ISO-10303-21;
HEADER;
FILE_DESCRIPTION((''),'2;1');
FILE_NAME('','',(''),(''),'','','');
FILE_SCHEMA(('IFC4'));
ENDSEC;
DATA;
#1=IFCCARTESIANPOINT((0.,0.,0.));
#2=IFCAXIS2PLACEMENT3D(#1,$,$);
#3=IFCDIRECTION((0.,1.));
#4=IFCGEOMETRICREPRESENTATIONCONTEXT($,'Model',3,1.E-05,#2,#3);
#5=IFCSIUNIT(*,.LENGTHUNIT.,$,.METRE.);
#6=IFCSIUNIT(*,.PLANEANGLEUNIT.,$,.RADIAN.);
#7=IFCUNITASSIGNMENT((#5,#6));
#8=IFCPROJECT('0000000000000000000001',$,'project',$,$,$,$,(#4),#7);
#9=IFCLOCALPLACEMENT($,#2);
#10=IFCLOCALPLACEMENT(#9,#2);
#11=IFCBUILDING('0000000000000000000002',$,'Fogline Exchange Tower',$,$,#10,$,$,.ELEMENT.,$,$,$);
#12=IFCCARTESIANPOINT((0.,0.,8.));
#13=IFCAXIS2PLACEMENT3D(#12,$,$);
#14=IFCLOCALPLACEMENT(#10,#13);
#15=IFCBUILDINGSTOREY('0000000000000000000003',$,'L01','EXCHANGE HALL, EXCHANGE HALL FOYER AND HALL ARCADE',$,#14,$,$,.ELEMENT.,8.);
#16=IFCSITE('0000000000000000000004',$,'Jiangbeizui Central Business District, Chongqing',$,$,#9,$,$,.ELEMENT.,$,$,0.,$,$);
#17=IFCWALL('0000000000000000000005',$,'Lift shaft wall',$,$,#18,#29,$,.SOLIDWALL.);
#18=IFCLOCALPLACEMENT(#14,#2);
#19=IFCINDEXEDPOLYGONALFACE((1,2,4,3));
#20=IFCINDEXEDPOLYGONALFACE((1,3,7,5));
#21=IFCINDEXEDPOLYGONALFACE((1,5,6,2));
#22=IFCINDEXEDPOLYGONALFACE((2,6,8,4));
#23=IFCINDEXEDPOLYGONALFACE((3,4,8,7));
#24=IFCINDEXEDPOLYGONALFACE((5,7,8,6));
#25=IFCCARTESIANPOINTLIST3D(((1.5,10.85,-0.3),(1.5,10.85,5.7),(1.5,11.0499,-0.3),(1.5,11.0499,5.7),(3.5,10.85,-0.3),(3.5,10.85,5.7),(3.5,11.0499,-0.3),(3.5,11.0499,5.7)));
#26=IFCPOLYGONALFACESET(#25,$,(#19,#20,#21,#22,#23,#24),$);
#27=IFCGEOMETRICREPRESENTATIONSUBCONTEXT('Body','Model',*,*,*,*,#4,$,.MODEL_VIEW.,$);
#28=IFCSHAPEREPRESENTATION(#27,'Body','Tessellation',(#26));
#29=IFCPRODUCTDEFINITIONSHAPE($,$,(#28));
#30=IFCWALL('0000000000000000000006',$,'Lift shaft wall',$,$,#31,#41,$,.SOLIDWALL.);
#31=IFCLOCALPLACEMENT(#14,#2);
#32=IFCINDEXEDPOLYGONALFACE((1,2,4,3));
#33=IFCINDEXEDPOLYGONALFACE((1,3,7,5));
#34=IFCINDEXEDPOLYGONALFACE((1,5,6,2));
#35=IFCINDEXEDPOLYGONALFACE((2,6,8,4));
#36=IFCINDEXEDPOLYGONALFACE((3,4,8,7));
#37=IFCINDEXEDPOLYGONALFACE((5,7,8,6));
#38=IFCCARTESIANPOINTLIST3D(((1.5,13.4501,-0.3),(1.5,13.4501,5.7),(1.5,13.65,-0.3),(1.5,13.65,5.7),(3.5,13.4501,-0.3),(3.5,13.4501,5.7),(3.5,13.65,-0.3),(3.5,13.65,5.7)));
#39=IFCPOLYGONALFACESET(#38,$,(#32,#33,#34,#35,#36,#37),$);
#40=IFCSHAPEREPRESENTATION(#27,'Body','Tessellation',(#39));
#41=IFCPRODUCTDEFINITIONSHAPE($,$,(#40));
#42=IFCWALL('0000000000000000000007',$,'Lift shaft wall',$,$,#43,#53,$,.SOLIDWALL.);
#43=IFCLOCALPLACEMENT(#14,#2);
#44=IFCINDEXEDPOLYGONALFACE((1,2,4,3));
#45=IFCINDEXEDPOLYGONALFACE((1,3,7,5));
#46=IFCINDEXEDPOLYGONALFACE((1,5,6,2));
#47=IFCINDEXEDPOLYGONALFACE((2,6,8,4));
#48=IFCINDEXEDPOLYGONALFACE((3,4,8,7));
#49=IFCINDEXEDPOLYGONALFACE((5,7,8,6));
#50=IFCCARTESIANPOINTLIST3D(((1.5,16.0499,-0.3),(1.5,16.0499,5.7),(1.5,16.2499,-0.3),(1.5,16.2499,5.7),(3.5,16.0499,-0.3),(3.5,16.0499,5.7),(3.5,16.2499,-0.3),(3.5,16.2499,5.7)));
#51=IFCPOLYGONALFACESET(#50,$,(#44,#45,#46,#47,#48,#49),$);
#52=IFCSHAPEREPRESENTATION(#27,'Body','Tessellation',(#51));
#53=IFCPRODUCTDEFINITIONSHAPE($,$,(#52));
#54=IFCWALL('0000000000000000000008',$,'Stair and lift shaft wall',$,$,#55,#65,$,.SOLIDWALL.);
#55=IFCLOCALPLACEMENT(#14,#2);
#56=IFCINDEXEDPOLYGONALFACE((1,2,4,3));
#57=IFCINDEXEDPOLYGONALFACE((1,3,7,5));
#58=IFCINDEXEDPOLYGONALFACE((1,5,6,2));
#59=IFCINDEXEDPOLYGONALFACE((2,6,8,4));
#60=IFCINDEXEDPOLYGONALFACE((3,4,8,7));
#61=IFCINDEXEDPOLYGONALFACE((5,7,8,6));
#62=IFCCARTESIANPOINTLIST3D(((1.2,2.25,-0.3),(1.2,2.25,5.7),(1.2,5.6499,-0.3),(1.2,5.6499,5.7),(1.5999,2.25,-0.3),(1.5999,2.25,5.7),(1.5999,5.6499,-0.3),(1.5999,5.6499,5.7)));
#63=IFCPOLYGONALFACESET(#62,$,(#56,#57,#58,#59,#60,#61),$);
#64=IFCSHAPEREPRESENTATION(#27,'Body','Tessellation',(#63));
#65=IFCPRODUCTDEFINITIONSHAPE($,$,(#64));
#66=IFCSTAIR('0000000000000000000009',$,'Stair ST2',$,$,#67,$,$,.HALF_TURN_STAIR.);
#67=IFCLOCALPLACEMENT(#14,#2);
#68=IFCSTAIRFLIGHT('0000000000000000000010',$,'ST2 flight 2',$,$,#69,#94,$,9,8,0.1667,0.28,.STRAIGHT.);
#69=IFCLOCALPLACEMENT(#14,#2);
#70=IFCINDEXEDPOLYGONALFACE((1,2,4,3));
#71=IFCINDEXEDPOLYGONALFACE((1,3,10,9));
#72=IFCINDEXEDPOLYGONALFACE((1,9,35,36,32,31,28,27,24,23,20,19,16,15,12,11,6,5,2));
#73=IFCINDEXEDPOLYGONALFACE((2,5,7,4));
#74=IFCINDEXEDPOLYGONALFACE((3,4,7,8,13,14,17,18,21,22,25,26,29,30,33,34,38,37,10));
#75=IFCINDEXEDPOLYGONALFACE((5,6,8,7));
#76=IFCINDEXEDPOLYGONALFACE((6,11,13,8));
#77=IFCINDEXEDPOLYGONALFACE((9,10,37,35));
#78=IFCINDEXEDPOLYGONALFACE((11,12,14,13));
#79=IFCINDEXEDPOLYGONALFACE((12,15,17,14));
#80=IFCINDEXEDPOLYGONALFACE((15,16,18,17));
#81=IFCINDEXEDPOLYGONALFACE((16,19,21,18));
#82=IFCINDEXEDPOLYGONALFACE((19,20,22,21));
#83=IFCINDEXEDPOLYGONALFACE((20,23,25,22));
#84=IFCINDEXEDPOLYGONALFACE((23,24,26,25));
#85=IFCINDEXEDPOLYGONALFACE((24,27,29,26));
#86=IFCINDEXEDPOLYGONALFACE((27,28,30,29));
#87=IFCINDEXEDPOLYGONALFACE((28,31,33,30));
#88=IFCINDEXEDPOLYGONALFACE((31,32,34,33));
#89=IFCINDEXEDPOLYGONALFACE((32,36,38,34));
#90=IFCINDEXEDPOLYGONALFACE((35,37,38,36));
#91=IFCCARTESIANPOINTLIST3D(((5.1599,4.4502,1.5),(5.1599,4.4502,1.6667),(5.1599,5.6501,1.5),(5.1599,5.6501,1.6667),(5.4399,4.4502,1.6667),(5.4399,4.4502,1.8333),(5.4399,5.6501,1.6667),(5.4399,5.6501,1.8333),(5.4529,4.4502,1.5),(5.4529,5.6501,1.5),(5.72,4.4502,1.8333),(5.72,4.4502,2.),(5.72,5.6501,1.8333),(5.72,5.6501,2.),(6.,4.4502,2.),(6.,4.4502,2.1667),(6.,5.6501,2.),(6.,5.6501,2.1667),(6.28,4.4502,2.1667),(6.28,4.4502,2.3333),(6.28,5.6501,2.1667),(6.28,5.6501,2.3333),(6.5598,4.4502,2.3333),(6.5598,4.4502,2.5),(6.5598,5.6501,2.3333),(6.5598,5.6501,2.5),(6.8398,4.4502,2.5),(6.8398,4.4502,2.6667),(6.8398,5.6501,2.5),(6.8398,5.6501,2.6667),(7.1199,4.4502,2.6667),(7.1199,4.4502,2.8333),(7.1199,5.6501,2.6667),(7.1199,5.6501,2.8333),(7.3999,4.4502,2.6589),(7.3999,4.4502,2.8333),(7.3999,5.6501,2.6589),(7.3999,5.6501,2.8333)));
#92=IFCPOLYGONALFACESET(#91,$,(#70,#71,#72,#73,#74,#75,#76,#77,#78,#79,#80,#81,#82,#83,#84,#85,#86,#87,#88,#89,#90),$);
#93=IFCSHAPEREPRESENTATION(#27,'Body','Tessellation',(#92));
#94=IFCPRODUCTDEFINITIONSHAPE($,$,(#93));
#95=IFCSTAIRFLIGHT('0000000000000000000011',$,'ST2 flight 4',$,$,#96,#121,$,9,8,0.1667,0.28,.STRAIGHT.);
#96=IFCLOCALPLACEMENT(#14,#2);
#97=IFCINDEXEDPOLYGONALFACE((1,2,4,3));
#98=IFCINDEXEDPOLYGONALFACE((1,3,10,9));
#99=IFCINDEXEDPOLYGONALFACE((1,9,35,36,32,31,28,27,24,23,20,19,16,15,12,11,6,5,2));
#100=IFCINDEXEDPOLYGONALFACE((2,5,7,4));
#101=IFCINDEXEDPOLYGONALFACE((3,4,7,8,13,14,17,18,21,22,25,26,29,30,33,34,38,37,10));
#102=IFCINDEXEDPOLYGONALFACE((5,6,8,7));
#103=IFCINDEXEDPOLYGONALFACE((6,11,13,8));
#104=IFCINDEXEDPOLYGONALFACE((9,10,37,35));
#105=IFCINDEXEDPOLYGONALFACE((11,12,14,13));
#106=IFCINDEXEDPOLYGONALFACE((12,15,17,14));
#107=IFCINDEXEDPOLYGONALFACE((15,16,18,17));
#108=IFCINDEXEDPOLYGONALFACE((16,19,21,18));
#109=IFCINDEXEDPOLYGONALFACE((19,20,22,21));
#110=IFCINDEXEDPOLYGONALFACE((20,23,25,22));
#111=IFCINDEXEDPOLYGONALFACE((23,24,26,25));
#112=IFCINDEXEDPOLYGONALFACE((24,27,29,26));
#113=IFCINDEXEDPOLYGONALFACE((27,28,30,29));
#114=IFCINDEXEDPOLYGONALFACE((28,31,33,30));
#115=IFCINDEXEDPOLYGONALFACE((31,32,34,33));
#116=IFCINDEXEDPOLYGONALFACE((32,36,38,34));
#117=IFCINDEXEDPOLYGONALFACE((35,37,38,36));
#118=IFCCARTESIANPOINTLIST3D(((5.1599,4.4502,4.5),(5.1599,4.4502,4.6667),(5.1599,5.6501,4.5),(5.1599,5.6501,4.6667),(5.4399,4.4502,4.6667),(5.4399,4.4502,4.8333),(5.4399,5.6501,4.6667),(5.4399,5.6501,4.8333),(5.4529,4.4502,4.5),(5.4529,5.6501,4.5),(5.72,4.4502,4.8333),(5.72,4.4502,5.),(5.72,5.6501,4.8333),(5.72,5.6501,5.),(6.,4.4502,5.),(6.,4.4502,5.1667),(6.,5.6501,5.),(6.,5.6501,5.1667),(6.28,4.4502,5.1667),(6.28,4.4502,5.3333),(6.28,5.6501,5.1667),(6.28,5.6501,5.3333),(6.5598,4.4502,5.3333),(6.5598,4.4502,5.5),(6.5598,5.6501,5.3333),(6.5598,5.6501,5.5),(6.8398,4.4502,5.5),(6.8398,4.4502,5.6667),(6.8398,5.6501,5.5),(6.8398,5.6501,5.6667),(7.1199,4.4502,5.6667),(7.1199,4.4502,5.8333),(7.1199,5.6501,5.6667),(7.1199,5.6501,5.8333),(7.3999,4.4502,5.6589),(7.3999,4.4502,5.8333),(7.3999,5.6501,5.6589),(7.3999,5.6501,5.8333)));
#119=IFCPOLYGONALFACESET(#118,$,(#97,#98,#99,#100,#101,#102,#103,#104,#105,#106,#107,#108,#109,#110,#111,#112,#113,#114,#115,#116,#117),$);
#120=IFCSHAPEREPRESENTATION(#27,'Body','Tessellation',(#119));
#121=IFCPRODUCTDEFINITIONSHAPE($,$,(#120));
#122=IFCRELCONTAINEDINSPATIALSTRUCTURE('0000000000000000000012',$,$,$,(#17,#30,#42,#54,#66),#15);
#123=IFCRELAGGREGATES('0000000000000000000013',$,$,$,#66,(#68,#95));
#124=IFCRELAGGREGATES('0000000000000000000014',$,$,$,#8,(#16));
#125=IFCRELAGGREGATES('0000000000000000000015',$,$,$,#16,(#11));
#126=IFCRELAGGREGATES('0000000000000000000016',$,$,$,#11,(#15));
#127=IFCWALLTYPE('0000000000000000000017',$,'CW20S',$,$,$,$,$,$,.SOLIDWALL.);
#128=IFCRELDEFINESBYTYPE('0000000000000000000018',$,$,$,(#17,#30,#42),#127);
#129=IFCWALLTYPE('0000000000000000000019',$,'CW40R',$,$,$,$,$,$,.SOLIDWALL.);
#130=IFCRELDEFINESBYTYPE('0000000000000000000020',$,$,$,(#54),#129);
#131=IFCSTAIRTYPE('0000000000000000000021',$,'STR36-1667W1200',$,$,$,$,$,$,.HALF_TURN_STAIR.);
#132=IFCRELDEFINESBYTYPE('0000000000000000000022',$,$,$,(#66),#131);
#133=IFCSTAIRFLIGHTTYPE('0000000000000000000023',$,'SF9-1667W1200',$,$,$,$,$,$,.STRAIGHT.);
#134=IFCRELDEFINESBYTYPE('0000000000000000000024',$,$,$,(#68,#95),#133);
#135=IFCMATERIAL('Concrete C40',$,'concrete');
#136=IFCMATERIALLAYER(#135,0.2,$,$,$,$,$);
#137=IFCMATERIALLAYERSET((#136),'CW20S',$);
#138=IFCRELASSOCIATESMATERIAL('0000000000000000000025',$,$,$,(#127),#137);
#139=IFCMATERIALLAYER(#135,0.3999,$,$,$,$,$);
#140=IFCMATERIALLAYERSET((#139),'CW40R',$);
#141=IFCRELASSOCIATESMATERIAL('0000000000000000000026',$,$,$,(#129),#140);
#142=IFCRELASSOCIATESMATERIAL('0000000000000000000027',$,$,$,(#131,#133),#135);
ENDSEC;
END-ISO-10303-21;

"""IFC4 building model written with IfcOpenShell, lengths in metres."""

from ifc_helpers import new_model, si_unit, direction, frame, frame_2d, origin, place, context, subcontext, project, spatial, polyline, rectangle, outline, extrude, material, layer, layer_set, type_object, element, aggregate, save


model = new_model("IFC4")

# Units and contexts
model_context = context("Model", 3, precision=1e-05, world=origin(), true_north=direction((0.0, 1.0)))
body_context = subcontext(model_context, "Body", "Model", "MODEL_VIEW")
ifc_project = project(units=[si_unit("LENGTHUNIT", "METRE"), si_unit("PLANEANGLEUNIT", "RADIAN")], contexts=[model_context])

# Site, building, storey
site_placement = place(None, origin())
site = spatial("IfcSite", under=ifc_project, at=site_placement, Name="Jiangbeizui Central Business District, Chongqing", CompositionType="ELEMENT", RefElevation=0.0)
building_placement = place(site_placement, origin())
building = spatial("IfcBuilding", under=site, at=building_placement, Name="Fogline Exchange Tower", CompositionType="ELEMENT")
storey_placement = place(building_placement, frame((0.0, 0.0, 8.0)))
storey = spatial("IfcBuildingStorey", under=building, at=storey_placement, Name="L01", Description="EXCHANGE HALL, EXCHANGE HALL FOYER AND HALL ARCADE", CompositionType="ELEMENT", Elevation=8.0)

# Shared definitions
ifc_material_1 = material(Name="Concrete C40", Category="concrete")

# Shared definitions
ifc_layer_1 = layer(ifc_material_1, 0.2)
ifc_layer_set_1 = layer_set([ifc_layer_1], Name="CW20S")
wall_type_1 = type_object("IfcWallType", Name="CW20S", PredefinedType="SOLIDWALL", material=ifc_layer_set_1)

# Walls
for number, where, z_axis, x_axis, name in (
    (1, (1.5, 10.95, -0.3), (0.0, 0.0, 1.0), (1.0, 0.0, 0.0), "Lift shaft wall"),
    (2, (1.5, 13.55, -0.3), (0.0, 0.0, 1.0), (1.0, 0.0, 0.0), "Lift shaft wall"),
    (3, (1.5, 16.1499, -0.3), (0.0, 0.0, 1.0), (1.0, 0.0, 0.0), "Lift shaft wall"),
):
    element("IfcWall", number, at=place(storey_placement, frame(where, z_axis=z_axis, x_axis=x_axis)), inside=storey, type_object=wall_type_1, Name=name, PredefinedType="SOLIDWALL", context=body_context, shape_type="SweptSolid", body=[
        extrude(rectangle(XDim=2.0, YDim=0.2, at=frame_2d((1.0, 0.0))), origin(), (0.0, 0.0, 1.0), 6.0),
    ])
ifc_layer_2 = layer(ifc_material_1, 0.3999)
ifc_layer_set_2 = layer_set([ifc_layer_2], Name="CW40R")
wall_type_2 = type_object("IfcWallType", Name="CW40R", PredefinedType="SOLIDWALL", material=ifc_layer_set_2)
wall_1_placement = place(storey_placement, frame((1.3999, 2.25, -0.3), z_axis=(0.0, 0.0, 1.0), x_axis=(0.0, 1.0, 0.0)))
element("IfcWall", 4, at=wall_1_placement, inside=storey, type_object=wall_type_2, Name="Stair and lift shaft wall", PredefinedType="SOLIDWALL", context=body_context, shape_type="SweptSolid", body=[
    extrude(rectangle(XDim=3.3999, YDim=0.3999, at=frame_2d((1.7, 0.0))), origin(), (0.0, 0.0, 1.0), 6.0),
])

# Stair, stair flights
stair_type_1 = type_object("IfcStairType", Name="STR36-1667W1200", PredefinedType="HALF_TURN_STAIR", material=ifc_material_1)
stair_1_placement = place(storey_placement, origin())
stair_1 = element("IfcStair", 5, at=stair_1_placement, inside=storey, type_object=stair_type_1, Name="Stair ST2", PredefinedType="HALF_TURN_STAIR")
stair_flight_type = type_object("IfcStairFlightType", Name="SF9-1667W1200", PredefinedType="STRAIGHT", material=ifc_material_1)
stair_flight_1_placement = place(storey_placement, frame((5.1599, 5.05, 1.5), z_axis=(0.0, 0.0, 1.0), x_axis=(1.0, 0.0, 0.0)))
stair_flight_1 = element("IfcStairFlight", 6, at=stair_flight_1_placement, type_object=stair_flight_type, Name="ST2 flight 2", NumberOfRisers=9, NumberOfTreads=8, PredefinedType="STRAIGHT", RiserHeight=0.1667, TreadLength=0.28, context=body_context, shape_type="SweptSolid", body=[
    extrude(outline(polyline([(0.0, 0.0), (0.0, 0.1667), (0.28, 0.1667), (0.28, 0.3333), (0.5601, 0.3333), (0.5601, 0.5), (0.8401, 0.5), (0.8401, 0.6667), (1.1201, 0.6667), (1.1201, 0.8333), (1.3999, 0.8333), (1.3999, 1.0), (1.6799, 1.0), (1.6799, 1.1667), (1.96, 1.1667), (1.96, 1.3333), (2.24, 1.3333), (2.24, 1.5), (2.24, 1.1589), (0.293, 0.0), (0.0, 0.0)])), frame((0.0, 0.6001, 0.0), z_axis=(0.0, -1.0, 0.0), x_axis=(1.0, 0.0, 0.0)), (0.0, 0.0, 1.0), 1.2),
])
stair_flight_2_placement = place(storey_placement, frame((5.1599, 5.05, 4.5), z_axis=(0.0, 0.0, 1.0), x_axis=(1.0, 0.0, 0.0)))
stair_flight_2 = element("IfcStairFlight", 7, at=stair_flight_2_placement, type_object=stair_flight_type, Name="ST2 flight 4", NumberOfRisers=9, NumberOfTreads=8, PredefinedType="STRAIGHT", RiserHeight=0.1667, TreadLength=0.28, context=body_context, shape_type="SweptSolid", body=[
    extrude(outline(polyline([(0.0, 0.0), (0.0, 0.1667), (0.28, 0.1667), (0.28, 0.3333), (0.5601, 0.3333), (0.5601, 0.5), (0.8401, 0.5), (0.8401, 0.6667), (1.1201, 0.6667), (1.1201, 0.8333), (1.3999, 0.8333), (1.3999, 1.0), (1.6799, 1.0), (1.6799, 1.1667), (1.96, 1.1667), (1.96, 1.3333), (2.24, 1.3333), (2.24, 1.5), (2.24, 1.1589), (0.293, 0.0), (0.0, 0.0)])), frame((0.0, 0.6001, 0.0), z_axis=(0.0, -1.0, 0.0), x_axis=(1.0, 0.0, 0.0)), (0.0, 0.0, 1.0), 1.2),
])
aggregate(stair_1, [stair_flight_1, stair_flight_2])

save(model, "model.ifc")
